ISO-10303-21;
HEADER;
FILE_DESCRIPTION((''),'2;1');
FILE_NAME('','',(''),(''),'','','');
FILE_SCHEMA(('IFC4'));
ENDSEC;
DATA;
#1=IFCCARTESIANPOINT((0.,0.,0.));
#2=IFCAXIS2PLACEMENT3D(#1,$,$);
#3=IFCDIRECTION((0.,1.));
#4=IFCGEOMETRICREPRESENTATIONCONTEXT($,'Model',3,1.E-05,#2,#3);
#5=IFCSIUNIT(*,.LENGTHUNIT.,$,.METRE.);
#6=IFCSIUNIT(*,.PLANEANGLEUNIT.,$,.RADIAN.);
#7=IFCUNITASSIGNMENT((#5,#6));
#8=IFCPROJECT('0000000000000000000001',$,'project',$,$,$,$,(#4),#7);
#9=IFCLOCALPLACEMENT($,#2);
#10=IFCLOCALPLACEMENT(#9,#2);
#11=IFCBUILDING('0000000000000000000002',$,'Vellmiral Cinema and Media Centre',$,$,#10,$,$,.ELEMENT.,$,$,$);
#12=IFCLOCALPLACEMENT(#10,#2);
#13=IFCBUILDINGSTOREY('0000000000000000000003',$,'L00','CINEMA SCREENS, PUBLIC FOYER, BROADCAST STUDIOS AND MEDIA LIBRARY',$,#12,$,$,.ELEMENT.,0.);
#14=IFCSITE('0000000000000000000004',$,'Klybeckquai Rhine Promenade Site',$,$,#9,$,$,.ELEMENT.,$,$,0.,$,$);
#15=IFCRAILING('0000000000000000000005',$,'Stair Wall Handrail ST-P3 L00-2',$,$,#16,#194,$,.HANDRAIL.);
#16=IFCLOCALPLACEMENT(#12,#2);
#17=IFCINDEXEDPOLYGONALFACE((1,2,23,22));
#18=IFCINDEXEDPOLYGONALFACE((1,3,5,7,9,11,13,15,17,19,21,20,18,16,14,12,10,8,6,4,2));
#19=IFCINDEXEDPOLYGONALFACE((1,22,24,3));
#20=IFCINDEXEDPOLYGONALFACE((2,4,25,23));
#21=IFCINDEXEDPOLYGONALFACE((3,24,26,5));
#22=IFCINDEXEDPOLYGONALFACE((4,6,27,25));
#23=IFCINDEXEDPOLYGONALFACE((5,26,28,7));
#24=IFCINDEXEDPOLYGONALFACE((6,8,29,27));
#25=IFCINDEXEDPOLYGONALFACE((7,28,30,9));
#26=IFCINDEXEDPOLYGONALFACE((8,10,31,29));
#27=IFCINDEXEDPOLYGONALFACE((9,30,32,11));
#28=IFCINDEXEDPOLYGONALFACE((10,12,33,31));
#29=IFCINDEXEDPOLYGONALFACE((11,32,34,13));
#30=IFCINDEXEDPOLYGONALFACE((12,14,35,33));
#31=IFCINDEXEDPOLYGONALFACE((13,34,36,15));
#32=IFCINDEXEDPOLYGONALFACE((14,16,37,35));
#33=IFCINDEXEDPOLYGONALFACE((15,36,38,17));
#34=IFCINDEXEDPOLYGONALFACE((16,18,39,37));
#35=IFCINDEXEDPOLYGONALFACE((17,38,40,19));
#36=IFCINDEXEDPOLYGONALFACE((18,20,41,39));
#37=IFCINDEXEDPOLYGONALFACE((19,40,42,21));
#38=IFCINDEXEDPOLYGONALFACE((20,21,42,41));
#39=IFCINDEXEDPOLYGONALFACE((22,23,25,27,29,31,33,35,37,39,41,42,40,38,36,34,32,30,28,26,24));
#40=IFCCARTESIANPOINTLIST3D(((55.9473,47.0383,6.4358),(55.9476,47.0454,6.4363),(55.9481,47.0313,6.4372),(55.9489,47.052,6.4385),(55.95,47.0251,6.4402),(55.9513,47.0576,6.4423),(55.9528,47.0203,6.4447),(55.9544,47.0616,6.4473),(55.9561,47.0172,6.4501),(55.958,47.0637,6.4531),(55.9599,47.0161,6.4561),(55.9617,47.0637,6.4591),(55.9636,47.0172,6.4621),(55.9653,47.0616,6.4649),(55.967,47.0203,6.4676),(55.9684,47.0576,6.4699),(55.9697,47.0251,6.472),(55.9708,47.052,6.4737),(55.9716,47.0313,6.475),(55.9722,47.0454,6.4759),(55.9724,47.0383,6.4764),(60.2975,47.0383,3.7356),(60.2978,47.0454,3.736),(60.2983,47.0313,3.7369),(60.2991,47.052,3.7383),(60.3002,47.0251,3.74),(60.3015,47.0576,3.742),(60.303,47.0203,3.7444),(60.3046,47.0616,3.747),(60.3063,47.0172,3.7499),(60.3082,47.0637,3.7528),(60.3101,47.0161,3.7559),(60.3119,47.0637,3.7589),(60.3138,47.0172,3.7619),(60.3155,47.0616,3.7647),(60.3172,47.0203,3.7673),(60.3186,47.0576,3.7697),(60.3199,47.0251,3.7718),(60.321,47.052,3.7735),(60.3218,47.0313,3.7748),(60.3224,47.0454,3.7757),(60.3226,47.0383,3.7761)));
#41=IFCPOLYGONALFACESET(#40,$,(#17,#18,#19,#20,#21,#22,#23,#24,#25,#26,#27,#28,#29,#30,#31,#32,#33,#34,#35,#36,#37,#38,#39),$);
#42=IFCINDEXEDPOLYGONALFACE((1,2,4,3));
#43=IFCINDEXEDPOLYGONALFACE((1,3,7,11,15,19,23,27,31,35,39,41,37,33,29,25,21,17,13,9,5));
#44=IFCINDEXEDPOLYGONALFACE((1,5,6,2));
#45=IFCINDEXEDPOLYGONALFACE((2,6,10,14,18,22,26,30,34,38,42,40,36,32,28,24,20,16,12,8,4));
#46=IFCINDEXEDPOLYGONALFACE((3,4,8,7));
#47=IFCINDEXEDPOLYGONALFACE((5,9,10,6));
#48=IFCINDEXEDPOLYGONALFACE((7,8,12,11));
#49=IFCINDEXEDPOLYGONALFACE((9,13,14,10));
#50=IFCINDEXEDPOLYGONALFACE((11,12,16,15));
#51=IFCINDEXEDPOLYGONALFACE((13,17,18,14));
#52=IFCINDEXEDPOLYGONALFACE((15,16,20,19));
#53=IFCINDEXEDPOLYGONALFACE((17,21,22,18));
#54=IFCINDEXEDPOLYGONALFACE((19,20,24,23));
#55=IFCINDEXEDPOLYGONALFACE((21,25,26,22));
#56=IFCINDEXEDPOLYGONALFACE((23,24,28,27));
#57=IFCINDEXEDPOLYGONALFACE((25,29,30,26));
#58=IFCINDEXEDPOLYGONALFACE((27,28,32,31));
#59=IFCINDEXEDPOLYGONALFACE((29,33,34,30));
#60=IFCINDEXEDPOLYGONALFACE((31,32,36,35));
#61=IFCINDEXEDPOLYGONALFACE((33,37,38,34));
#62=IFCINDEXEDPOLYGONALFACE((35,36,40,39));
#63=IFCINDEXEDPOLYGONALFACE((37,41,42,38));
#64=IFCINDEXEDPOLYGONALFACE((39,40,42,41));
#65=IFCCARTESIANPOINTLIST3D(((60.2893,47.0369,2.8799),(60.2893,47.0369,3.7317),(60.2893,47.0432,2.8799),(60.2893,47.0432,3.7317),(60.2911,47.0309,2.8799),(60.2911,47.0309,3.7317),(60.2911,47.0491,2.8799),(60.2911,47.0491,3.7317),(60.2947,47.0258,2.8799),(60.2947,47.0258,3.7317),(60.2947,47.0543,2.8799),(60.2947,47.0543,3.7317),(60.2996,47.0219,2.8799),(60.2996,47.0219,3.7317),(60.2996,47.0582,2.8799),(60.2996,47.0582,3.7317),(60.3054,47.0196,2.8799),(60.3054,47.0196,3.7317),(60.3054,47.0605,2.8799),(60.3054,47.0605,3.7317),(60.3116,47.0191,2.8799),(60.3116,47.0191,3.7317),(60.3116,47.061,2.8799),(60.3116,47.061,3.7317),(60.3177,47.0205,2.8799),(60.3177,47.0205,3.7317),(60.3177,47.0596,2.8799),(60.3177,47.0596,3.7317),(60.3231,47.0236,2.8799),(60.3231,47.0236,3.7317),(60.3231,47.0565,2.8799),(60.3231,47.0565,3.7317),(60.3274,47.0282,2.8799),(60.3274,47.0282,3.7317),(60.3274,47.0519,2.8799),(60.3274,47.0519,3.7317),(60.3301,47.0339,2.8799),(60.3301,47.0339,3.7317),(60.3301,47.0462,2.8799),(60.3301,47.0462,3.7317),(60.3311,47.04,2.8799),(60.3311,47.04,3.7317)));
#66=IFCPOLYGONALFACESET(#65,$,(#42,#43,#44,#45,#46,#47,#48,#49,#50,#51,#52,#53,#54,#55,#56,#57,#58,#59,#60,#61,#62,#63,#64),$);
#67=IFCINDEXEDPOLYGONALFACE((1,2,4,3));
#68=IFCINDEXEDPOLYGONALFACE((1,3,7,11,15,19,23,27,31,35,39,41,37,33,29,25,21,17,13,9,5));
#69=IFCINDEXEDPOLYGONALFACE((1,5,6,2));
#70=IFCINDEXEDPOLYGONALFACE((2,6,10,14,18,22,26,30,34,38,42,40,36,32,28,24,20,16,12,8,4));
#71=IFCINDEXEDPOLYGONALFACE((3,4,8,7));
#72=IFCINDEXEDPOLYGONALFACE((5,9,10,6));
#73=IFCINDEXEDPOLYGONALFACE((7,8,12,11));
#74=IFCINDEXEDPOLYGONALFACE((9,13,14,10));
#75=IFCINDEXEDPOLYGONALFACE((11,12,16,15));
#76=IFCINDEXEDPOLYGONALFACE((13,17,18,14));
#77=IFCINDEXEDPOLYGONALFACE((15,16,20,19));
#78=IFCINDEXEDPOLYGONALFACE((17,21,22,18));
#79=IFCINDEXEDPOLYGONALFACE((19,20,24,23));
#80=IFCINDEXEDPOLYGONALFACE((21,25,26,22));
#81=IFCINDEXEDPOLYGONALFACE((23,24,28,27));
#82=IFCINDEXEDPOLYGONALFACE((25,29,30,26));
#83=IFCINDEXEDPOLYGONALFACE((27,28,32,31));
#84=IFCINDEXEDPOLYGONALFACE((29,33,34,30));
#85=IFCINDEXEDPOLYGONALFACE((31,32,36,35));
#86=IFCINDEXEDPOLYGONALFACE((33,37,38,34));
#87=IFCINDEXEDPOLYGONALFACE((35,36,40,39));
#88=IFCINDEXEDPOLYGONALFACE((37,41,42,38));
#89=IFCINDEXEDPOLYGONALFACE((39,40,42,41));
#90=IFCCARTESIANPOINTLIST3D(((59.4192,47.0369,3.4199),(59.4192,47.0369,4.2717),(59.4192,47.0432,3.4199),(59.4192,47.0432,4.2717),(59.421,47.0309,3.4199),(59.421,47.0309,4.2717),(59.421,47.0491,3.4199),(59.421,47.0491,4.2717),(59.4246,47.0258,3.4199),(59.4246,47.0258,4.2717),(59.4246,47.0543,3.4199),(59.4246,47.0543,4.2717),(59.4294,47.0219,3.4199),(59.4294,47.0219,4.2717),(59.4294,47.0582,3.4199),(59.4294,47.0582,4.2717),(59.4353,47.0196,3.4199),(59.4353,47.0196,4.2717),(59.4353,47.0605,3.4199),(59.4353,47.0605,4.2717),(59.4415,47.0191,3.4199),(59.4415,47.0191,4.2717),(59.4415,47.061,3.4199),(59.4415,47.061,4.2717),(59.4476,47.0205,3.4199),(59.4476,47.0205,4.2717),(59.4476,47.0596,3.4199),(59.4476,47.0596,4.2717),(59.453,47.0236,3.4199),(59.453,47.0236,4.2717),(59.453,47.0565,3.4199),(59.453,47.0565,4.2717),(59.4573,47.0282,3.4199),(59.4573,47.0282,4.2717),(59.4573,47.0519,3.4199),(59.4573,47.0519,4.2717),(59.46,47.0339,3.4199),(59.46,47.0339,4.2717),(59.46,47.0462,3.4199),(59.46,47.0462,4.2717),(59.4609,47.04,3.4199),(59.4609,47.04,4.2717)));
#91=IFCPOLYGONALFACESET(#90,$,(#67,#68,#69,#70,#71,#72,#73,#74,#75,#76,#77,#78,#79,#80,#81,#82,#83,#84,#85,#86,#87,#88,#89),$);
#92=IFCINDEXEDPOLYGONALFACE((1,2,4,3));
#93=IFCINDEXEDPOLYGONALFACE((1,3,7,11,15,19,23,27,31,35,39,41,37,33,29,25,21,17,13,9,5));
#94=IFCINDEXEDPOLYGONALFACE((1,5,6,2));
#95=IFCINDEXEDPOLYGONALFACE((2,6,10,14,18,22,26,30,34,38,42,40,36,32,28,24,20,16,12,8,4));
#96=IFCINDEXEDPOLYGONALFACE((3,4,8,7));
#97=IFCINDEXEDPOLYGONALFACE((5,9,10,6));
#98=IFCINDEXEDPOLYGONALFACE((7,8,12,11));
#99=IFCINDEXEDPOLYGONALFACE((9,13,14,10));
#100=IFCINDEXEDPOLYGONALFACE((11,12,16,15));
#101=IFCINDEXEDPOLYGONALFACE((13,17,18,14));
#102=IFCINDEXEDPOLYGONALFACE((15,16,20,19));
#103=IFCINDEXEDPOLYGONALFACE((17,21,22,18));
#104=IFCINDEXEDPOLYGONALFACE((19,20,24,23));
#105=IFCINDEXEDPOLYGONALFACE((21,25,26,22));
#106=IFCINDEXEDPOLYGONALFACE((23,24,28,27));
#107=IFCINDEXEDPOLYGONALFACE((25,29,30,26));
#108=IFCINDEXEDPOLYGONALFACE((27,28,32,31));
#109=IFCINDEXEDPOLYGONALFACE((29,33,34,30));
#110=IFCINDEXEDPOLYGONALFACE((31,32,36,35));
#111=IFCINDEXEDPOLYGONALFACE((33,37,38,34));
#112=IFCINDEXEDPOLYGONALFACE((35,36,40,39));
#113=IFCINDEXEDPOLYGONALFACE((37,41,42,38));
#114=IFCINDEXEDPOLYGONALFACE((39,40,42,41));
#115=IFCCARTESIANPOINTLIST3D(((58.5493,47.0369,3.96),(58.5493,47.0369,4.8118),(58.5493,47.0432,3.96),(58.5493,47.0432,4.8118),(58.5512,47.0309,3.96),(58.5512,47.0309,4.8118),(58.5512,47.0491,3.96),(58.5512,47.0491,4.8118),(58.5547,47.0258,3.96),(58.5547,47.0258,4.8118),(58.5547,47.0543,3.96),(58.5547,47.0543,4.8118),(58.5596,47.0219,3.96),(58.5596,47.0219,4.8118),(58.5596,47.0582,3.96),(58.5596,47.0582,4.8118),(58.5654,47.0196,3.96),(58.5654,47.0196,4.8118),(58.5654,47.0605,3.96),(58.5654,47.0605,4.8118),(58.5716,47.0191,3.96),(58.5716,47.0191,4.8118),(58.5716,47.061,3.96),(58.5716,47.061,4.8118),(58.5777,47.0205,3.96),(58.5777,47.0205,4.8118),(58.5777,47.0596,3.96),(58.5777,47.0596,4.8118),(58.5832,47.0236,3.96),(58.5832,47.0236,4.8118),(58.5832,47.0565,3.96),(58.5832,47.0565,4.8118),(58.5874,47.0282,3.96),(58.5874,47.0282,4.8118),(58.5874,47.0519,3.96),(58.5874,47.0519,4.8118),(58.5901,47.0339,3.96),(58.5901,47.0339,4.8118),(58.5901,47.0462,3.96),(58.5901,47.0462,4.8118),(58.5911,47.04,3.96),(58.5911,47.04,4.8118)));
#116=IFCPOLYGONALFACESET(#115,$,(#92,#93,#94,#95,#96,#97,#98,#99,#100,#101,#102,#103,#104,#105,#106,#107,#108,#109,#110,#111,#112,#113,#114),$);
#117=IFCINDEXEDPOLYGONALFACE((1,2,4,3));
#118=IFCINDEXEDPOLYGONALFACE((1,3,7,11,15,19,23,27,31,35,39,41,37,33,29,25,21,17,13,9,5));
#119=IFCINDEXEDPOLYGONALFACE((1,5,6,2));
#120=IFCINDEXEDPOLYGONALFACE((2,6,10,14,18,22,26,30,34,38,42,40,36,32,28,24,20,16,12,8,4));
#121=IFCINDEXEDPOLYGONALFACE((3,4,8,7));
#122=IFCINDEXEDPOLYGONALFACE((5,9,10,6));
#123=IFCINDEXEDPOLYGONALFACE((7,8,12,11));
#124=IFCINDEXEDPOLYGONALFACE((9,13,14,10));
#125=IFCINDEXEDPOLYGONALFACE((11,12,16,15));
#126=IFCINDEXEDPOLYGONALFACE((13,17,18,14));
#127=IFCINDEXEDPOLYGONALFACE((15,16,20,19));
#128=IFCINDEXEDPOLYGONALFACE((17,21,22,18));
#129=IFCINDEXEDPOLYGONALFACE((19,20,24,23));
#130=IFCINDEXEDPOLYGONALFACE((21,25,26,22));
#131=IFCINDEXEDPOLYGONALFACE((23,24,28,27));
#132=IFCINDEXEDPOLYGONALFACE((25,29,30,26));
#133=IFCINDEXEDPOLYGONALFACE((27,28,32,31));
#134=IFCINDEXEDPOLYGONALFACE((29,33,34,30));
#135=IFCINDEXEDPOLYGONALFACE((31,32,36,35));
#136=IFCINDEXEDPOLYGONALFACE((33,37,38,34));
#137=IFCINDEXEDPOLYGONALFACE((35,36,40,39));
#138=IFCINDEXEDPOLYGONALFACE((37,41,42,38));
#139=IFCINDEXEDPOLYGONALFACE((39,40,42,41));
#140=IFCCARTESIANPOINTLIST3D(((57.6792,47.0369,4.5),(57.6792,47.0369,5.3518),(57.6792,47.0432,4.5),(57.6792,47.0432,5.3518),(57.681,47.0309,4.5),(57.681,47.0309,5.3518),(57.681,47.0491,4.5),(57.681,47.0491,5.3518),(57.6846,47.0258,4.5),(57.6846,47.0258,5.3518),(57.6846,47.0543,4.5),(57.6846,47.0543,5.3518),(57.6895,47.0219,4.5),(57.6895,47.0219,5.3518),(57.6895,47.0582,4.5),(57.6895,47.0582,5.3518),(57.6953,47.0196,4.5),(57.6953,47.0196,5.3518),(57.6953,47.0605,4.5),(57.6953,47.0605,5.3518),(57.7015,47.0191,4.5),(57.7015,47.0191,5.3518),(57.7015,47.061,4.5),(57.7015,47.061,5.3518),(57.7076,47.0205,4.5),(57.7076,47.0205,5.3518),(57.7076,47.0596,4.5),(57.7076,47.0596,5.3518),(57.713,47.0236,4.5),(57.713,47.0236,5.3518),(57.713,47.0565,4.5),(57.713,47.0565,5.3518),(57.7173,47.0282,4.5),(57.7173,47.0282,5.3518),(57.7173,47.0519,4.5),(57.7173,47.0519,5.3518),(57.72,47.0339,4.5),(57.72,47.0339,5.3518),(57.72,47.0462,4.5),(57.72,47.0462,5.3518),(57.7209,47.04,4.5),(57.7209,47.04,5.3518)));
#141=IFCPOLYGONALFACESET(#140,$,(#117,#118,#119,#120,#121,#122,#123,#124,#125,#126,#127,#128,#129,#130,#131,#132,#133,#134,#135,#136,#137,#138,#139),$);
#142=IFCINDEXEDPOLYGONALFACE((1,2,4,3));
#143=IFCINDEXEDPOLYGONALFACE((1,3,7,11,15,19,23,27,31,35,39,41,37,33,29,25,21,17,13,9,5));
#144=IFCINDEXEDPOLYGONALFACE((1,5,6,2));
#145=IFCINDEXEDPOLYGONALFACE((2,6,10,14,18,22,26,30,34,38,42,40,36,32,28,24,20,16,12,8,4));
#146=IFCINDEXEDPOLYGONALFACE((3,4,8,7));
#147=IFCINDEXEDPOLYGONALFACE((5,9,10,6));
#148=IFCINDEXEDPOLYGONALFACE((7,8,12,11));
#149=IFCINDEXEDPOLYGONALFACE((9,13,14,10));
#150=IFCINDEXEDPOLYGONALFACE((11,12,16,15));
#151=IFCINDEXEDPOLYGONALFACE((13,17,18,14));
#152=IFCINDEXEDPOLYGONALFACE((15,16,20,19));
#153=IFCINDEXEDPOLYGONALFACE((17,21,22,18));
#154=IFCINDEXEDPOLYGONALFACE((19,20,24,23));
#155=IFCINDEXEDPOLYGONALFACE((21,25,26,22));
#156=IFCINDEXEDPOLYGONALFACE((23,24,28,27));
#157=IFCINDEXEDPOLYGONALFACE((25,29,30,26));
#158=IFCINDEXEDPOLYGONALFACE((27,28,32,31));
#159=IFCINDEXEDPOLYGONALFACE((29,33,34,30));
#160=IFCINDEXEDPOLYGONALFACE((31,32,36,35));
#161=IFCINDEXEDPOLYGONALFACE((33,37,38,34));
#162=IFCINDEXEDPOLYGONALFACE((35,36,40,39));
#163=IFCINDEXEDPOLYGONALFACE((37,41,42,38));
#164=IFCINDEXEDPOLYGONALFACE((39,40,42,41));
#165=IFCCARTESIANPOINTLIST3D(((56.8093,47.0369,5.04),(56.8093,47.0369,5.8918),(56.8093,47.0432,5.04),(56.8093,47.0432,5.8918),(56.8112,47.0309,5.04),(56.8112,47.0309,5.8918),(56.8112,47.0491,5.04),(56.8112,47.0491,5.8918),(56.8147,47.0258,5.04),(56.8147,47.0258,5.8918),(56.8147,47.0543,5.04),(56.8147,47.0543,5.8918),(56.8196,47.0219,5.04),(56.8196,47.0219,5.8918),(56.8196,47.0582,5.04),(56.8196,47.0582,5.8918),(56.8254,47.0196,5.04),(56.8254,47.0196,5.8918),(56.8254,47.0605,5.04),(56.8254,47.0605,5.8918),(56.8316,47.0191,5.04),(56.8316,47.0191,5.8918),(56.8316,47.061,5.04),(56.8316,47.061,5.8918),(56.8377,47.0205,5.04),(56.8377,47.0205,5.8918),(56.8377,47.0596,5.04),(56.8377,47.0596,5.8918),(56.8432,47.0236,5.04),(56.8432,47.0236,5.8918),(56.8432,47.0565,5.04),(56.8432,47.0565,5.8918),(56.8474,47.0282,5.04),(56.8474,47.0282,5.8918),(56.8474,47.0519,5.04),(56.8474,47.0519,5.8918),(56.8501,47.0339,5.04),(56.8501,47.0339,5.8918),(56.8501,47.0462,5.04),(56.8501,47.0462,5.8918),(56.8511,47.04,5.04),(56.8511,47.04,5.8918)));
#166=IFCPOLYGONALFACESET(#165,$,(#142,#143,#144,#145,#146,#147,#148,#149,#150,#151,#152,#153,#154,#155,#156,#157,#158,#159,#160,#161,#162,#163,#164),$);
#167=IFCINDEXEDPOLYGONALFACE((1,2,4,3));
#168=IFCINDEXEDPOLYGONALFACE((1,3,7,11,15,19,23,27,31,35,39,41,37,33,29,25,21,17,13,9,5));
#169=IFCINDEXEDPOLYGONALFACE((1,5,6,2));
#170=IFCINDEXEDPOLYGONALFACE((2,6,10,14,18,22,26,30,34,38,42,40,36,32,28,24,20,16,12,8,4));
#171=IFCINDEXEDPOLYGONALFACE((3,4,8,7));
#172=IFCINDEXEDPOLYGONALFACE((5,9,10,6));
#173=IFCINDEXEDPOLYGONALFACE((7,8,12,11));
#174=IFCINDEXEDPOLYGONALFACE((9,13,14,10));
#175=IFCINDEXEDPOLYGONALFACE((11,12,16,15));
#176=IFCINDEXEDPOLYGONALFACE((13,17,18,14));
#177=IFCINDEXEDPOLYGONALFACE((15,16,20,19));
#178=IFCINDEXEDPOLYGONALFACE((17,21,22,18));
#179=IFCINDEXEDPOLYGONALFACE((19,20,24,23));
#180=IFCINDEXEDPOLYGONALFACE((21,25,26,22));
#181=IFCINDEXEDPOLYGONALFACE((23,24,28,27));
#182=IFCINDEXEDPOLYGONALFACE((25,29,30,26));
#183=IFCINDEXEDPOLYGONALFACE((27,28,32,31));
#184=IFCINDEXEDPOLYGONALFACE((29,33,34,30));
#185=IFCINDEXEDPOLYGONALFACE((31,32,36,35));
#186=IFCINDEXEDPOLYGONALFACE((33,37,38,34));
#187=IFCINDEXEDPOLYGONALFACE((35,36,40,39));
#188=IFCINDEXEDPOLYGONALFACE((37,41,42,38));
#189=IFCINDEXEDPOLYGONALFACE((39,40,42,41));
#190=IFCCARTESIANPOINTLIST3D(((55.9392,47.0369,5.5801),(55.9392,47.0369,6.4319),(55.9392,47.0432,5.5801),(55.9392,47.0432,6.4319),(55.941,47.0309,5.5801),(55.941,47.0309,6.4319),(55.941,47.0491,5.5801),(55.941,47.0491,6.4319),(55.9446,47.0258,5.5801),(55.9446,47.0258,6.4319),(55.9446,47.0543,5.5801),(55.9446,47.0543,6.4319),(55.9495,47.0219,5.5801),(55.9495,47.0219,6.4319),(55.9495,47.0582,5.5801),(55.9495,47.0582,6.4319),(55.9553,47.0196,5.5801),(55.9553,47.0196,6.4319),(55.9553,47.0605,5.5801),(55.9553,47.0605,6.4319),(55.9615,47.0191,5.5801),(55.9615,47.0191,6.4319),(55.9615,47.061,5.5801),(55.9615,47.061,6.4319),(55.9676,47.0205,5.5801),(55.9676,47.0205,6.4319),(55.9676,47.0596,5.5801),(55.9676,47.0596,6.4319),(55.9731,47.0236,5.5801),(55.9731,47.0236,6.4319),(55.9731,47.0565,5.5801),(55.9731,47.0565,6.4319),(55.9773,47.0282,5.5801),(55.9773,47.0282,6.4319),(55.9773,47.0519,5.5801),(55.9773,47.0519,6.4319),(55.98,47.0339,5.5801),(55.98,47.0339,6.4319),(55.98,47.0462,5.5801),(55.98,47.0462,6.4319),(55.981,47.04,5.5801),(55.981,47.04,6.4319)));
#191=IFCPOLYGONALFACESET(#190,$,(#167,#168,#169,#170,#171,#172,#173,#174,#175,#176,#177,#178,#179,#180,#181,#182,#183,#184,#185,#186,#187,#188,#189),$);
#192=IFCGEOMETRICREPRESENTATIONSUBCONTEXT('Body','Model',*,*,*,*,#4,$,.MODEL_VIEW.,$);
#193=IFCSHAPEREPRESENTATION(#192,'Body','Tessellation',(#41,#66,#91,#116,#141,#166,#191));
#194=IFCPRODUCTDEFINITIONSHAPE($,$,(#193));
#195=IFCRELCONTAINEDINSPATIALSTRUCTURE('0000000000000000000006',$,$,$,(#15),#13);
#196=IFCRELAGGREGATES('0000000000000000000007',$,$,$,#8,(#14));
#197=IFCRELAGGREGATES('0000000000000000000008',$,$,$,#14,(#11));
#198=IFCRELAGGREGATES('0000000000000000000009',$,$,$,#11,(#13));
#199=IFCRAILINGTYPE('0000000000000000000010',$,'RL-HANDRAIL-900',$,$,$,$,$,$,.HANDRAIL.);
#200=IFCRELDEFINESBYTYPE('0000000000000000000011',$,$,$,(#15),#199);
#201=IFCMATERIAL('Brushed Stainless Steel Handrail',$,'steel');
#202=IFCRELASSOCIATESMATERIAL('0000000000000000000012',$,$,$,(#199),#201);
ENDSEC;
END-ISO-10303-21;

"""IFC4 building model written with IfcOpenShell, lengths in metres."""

from ifc_helpers import new_model, si_unit, direction, frame, origin, origin_2d, place, context, subcontext, project, spatial, circle, extrude, material, type_object, element, save


model = new_model("IFC4")

# Units and contexts
model_context = context("Model", 3, precision=1e-05, world=origin(), true_north=direction((0.0, 1.0)))
body_context = subcontext(model_context, "Body", "Model", "MODEL_VIEW")
ifc_project = project(units=[si_unit("LENGTHUNIT", "METRE"), si_unit("PLANEANGLEUNIT", "RADIAN")], contexts=[model_context])

# Site, building, storey
site_placement = place(None, origin())
site = spatial("IfcSite", under=ifc_project, at=site_placement, Name="Klybeckquai Rhine Promenade Site", CompositionType="ELEMENT", RefElevation=0.0)
building_placement = place(site_placement, origin())
building = spatial("IfcBuilding", under=site, at=building_placement, Name="Vellmiral Cinema and Media Centre", CompositionType="ELEMENT")
storey_placement = place(building_placement, origin())
storey = spatial("IfcBuildingStorey", under=building, at=storey_placement, Name="L00", Description="CINEMA SCREENS, PUBLIC FOYER, BROADCAST STUDIOS AND MEDIA LIBRARY", CompositionType="ELEMENT", Elevation=0.0)

# Railing
ifc_material_1 = material(Name="Brushed Stainless Steel Handrail", Category="steel")
railing_type_1 = type_object("IfcRailingType", Name="RL-HANDRAIL-900", PredefinedType="HANDRAIL", material=ifc_material_1)
railing_1_placement = place(storey_placement, frame((60.3101, 47.04, 2.8799)))
element("IfcRailing", 1, at=railing_1_placement, inside=storey, type_object=railing_type_1, Name="Stair Wall Handrail ST-P3 L00-2", PredefinedType="HANDRAIL", context=body_context, shape_type="SweptSolid", body=[
    extrude(circle(Radius=0.0239, at=origin_2d()), frame((0.0, 0.0, 0.876), z_axis=(-0.849628, 0.0, 0.527382), x_axis=(0.0, -1.0, 0.0)), (0.0, 0.0, 1.0), 5.1201),
    extrude(circle(Radius=0.021, at=origin_2d()), origin(), (0.0, 0.0, 1.0), 0.8518),
    extrude(circle(Radius=0.021, at=origin_2d()), frame((-0.8701, 0.0, 0.54)), (0.0, 0.0, 1.0), 0.8518),
    extrude(circle(Radius=0.021, at=origin_2d()), frame((-1.74, 0.0, 1.0801)), (0.0, 0.0, 1.0), 0.8518),
    extrude(circle(Radius=0.021, at=origin_2d()), frame((-2.6101, 0.0, 1.6201)), (0.0, 0.0, 1.0), 0.8518),
    extrude(circle(Radius=0.021, at=origin_2d()), frame((-3.48, 0.0, 2.1602)), (0.0, 0.0, 1.0), 0.8518),
    extrude(circle(Radius=0.021, at=origin_2d()), frame((-4.3501, 0.0, 2.7002)), (0.0, 0.0, 1.0), 0.8518),
])

save(model, "model.ifc")
